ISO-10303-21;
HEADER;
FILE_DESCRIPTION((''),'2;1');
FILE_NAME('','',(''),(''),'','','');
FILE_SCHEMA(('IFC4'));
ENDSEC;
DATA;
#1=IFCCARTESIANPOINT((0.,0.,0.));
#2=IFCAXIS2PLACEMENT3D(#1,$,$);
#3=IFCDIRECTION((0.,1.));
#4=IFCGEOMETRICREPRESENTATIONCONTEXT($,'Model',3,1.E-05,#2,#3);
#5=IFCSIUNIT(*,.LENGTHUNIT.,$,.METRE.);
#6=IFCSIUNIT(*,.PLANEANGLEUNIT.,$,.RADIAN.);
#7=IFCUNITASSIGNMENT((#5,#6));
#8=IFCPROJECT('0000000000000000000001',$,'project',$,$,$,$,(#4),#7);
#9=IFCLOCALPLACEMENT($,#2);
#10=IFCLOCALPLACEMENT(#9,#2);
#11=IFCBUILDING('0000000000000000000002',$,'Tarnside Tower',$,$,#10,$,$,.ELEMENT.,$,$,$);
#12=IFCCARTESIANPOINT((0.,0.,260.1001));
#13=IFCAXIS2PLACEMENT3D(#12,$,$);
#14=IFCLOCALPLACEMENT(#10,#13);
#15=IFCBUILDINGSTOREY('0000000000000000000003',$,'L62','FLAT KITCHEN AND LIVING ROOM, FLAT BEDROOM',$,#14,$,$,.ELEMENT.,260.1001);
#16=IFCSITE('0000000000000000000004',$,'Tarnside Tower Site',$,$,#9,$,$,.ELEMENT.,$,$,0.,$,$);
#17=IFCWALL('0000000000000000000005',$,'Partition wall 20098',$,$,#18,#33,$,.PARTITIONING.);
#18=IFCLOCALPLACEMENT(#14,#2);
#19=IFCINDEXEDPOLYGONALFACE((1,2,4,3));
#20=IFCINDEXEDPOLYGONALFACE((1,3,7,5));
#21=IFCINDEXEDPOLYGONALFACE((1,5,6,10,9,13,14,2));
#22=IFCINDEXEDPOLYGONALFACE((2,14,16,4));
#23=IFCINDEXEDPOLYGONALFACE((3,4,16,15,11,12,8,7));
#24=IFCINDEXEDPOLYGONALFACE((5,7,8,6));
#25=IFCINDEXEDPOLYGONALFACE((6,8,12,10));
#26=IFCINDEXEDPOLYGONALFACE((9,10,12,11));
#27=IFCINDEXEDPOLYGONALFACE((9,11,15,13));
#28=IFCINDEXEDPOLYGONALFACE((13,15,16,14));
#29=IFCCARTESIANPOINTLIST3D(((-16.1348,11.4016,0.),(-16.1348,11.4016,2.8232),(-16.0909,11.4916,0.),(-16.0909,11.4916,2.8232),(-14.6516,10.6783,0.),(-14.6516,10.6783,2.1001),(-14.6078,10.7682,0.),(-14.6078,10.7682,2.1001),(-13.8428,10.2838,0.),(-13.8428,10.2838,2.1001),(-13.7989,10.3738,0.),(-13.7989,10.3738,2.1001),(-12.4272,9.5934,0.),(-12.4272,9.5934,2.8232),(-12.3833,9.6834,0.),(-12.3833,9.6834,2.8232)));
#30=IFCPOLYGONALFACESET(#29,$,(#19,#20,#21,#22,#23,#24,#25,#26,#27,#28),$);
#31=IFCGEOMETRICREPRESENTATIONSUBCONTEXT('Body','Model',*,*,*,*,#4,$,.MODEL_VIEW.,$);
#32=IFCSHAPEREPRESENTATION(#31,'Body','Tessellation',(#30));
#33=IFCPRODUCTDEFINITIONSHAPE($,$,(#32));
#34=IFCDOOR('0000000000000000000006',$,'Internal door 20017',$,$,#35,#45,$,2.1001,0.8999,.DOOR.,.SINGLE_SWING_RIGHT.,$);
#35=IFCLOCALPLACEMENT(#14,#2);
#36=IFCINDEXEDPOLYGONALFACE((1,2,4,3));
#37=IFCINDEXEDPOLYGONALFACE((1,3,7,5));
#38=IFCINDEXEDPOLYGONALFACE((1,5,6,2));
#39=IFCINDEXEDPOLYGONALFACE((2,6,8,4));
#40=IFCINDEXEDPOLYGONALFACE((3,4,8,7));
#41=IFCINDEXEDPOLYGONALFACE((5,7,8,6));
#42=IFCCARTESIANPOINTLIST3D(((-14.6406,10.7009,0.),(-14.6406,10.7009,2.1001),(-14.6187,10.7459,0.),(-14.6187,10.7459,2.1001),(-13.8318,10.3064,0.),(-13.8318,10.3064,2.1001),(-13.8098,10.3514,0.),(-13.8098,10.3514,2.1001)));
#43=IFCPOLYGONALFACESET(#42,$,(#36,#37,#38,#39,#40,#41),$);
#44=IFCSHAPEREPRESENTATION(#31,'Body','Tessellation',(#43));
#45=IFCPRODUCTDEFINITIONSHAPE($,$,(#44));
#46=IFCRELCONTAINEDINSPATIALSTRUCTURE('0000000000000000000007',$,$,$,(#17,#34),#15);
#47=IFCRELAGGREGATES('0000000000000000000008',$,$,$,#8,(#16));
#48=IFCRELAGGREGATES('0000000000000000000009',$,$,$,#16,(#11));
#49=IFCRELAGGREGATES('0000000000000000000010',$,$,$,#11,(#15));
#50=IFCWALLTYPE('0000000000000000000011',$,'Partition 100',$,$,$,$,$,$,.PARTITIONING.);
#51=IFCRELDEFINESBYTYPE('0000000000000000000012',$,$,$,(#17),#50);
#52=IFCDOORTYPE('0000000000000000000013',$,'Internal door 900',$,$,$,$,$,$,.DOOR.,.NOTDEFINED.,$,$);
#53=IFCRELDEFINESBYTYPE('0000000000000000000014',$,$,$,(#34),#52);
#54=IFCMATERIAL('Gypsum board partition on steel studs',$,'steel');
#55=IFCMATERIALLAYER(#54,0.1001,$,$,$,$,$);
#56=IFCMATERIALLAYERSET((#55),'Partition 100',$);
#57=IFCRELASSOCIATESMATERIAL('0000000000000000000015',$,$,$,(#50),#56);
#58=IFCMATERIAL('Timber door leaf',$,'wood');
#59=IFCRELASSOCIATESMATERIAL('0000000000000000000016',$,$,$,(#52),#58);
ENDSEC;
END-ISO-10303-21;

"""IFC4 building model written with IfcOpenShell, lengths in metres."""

from ifc_helpers import new_model, si_unit, direction, frame, frame_2d, origin, place, context, subcontext, project, spatial, rectangle, extrude, material, layer, layer_set, type_object, element, fill, save


model = new_model("IFC4")

# Units and contexts
model_context = context("Model", 3, precision=1e-05, world=origin(), true_north=direction((0.0, 1.0)))
body_context = subcontext(model_context, "Body", "Model", "MODEL_VIEW")
ifc_project = project(units=[si_unit("LENGTHUNIT", "METRE"), si_unit("PLANEANGLEUNIT", "RADIAN")], contexts=[model_context])

# Site, building, storey
site_placement = place(None, origin())
site = spatial("IfcSite", under=ifc_project, at=site_placement, Name="Tarnside Tower Site", CompositionType="ELEMENT", RefElevation=0.0)
building_placement = place(site_placement, origin())
building = spatial("IfcBuilding", under=site, at=building_placement, Name="Tarnside Tower", CompositionType="ELEMENT")
storey_placement = place(building_placement, frame((0.0, 0.0, 260.1001)))
storey = spatial("IfcBuildingStorey", under=building, at=storey_placement, Name="L62", Description="FLAT KITCHEN AND LIVING ROOM, FLAT BEDROOM", CompositionType="ELEMENT", Elevation=260.1001)

# Shared definitions
ifc_material_1 = material(Name="Gypsum board partition on steel studs", Category="steel")
ifc_material_2 = material(Name="Timber door leaf", Category="wood")

# Shared definitions
ifc_layer_1 = layer(ifc_material_1, 0.1001)
ifc_layer_set_1 = layer_set([ifc_layer_1], Name="Partition 100")
wall_type_1 = type_object("IfcWallType", Name="Partition 100", PredefinedType="PARTITIONING", material=ifc_layer_set_1)
door_type_1 = type_object("IfcDoorType", Name="Internal door 900", OperationType="NOTDEFINED", PredefinedType="DOOR", material=ifc_material_2)

# Wall, opening, door
wall_1_placement = place(storey_placement, frame((-12.4053, 9.6384, 0.0), z_axis=(0.0, 0.0, 1.0), x_axis=(-0.898811, 0.438337, 0.0)))
wall_1 = element("IfcWall", 1, at=wall_1_placement, inside=storey, type_object=wall_type_1, Name="Partition wall 20098", PredefinedType="PARTITIONING", context=body_context, shape_type="SweptSolid", body=[
    extrude(rectangle(XDim=4.125, YDim=0.1001, at=frame_2d((2.0625, 0.0))), origin(), (0.0, 0.0, 1.0), 2.8232),
])
opening_1_placement = place(wall_1_placement, frame((1.575, 0.0, 0.0)))
opening_1 = element("IfcOpeningElement", 2, at=opening_1_placement, cuts=wall_1, PredefinedType="OPENING", context=body_context, shape_type="SweptSolid", body=[
    extrude(rectangle(XDim=0.8999, YDim=2.1001, at=frame_2d((0.45, 1.05))), frame((0.0, 0.0601, 0.0), z_axis=(0.0, -1.0, 0.0), x_axis=(1.0, 0.0, 0.0)), (0.0, 0.0, 1.0), 0.1201),
])
door_1_placement = place(opening_1_placement, origin())
door_1 = element("IfcDoor", 3, at=door_1_placement, inside=storey, type_object=door_type_1, Name="Internal door 20017", OperationType="SINGLE_SWING_RIGHT", OverallHeight=2.1001, OverallWidth=0.8999, PredefinedType="DOOR", context=body_context, shape_type="SweptSolid", body=[
    extrude(rectangle(XDim=0.8999, YDim=2.1001, at=frame_2d((0.45, 1.05))), frame((0.0, 0.0249, 0.0), z_axis=(0.0, -1.0, 0.0), x_axis=(1.0, 0.0, 0.0)), (0.0, 0.0, 1.0), 0.05),
])
fill(opening_1, door_1)

save(model, "model.ifc")
